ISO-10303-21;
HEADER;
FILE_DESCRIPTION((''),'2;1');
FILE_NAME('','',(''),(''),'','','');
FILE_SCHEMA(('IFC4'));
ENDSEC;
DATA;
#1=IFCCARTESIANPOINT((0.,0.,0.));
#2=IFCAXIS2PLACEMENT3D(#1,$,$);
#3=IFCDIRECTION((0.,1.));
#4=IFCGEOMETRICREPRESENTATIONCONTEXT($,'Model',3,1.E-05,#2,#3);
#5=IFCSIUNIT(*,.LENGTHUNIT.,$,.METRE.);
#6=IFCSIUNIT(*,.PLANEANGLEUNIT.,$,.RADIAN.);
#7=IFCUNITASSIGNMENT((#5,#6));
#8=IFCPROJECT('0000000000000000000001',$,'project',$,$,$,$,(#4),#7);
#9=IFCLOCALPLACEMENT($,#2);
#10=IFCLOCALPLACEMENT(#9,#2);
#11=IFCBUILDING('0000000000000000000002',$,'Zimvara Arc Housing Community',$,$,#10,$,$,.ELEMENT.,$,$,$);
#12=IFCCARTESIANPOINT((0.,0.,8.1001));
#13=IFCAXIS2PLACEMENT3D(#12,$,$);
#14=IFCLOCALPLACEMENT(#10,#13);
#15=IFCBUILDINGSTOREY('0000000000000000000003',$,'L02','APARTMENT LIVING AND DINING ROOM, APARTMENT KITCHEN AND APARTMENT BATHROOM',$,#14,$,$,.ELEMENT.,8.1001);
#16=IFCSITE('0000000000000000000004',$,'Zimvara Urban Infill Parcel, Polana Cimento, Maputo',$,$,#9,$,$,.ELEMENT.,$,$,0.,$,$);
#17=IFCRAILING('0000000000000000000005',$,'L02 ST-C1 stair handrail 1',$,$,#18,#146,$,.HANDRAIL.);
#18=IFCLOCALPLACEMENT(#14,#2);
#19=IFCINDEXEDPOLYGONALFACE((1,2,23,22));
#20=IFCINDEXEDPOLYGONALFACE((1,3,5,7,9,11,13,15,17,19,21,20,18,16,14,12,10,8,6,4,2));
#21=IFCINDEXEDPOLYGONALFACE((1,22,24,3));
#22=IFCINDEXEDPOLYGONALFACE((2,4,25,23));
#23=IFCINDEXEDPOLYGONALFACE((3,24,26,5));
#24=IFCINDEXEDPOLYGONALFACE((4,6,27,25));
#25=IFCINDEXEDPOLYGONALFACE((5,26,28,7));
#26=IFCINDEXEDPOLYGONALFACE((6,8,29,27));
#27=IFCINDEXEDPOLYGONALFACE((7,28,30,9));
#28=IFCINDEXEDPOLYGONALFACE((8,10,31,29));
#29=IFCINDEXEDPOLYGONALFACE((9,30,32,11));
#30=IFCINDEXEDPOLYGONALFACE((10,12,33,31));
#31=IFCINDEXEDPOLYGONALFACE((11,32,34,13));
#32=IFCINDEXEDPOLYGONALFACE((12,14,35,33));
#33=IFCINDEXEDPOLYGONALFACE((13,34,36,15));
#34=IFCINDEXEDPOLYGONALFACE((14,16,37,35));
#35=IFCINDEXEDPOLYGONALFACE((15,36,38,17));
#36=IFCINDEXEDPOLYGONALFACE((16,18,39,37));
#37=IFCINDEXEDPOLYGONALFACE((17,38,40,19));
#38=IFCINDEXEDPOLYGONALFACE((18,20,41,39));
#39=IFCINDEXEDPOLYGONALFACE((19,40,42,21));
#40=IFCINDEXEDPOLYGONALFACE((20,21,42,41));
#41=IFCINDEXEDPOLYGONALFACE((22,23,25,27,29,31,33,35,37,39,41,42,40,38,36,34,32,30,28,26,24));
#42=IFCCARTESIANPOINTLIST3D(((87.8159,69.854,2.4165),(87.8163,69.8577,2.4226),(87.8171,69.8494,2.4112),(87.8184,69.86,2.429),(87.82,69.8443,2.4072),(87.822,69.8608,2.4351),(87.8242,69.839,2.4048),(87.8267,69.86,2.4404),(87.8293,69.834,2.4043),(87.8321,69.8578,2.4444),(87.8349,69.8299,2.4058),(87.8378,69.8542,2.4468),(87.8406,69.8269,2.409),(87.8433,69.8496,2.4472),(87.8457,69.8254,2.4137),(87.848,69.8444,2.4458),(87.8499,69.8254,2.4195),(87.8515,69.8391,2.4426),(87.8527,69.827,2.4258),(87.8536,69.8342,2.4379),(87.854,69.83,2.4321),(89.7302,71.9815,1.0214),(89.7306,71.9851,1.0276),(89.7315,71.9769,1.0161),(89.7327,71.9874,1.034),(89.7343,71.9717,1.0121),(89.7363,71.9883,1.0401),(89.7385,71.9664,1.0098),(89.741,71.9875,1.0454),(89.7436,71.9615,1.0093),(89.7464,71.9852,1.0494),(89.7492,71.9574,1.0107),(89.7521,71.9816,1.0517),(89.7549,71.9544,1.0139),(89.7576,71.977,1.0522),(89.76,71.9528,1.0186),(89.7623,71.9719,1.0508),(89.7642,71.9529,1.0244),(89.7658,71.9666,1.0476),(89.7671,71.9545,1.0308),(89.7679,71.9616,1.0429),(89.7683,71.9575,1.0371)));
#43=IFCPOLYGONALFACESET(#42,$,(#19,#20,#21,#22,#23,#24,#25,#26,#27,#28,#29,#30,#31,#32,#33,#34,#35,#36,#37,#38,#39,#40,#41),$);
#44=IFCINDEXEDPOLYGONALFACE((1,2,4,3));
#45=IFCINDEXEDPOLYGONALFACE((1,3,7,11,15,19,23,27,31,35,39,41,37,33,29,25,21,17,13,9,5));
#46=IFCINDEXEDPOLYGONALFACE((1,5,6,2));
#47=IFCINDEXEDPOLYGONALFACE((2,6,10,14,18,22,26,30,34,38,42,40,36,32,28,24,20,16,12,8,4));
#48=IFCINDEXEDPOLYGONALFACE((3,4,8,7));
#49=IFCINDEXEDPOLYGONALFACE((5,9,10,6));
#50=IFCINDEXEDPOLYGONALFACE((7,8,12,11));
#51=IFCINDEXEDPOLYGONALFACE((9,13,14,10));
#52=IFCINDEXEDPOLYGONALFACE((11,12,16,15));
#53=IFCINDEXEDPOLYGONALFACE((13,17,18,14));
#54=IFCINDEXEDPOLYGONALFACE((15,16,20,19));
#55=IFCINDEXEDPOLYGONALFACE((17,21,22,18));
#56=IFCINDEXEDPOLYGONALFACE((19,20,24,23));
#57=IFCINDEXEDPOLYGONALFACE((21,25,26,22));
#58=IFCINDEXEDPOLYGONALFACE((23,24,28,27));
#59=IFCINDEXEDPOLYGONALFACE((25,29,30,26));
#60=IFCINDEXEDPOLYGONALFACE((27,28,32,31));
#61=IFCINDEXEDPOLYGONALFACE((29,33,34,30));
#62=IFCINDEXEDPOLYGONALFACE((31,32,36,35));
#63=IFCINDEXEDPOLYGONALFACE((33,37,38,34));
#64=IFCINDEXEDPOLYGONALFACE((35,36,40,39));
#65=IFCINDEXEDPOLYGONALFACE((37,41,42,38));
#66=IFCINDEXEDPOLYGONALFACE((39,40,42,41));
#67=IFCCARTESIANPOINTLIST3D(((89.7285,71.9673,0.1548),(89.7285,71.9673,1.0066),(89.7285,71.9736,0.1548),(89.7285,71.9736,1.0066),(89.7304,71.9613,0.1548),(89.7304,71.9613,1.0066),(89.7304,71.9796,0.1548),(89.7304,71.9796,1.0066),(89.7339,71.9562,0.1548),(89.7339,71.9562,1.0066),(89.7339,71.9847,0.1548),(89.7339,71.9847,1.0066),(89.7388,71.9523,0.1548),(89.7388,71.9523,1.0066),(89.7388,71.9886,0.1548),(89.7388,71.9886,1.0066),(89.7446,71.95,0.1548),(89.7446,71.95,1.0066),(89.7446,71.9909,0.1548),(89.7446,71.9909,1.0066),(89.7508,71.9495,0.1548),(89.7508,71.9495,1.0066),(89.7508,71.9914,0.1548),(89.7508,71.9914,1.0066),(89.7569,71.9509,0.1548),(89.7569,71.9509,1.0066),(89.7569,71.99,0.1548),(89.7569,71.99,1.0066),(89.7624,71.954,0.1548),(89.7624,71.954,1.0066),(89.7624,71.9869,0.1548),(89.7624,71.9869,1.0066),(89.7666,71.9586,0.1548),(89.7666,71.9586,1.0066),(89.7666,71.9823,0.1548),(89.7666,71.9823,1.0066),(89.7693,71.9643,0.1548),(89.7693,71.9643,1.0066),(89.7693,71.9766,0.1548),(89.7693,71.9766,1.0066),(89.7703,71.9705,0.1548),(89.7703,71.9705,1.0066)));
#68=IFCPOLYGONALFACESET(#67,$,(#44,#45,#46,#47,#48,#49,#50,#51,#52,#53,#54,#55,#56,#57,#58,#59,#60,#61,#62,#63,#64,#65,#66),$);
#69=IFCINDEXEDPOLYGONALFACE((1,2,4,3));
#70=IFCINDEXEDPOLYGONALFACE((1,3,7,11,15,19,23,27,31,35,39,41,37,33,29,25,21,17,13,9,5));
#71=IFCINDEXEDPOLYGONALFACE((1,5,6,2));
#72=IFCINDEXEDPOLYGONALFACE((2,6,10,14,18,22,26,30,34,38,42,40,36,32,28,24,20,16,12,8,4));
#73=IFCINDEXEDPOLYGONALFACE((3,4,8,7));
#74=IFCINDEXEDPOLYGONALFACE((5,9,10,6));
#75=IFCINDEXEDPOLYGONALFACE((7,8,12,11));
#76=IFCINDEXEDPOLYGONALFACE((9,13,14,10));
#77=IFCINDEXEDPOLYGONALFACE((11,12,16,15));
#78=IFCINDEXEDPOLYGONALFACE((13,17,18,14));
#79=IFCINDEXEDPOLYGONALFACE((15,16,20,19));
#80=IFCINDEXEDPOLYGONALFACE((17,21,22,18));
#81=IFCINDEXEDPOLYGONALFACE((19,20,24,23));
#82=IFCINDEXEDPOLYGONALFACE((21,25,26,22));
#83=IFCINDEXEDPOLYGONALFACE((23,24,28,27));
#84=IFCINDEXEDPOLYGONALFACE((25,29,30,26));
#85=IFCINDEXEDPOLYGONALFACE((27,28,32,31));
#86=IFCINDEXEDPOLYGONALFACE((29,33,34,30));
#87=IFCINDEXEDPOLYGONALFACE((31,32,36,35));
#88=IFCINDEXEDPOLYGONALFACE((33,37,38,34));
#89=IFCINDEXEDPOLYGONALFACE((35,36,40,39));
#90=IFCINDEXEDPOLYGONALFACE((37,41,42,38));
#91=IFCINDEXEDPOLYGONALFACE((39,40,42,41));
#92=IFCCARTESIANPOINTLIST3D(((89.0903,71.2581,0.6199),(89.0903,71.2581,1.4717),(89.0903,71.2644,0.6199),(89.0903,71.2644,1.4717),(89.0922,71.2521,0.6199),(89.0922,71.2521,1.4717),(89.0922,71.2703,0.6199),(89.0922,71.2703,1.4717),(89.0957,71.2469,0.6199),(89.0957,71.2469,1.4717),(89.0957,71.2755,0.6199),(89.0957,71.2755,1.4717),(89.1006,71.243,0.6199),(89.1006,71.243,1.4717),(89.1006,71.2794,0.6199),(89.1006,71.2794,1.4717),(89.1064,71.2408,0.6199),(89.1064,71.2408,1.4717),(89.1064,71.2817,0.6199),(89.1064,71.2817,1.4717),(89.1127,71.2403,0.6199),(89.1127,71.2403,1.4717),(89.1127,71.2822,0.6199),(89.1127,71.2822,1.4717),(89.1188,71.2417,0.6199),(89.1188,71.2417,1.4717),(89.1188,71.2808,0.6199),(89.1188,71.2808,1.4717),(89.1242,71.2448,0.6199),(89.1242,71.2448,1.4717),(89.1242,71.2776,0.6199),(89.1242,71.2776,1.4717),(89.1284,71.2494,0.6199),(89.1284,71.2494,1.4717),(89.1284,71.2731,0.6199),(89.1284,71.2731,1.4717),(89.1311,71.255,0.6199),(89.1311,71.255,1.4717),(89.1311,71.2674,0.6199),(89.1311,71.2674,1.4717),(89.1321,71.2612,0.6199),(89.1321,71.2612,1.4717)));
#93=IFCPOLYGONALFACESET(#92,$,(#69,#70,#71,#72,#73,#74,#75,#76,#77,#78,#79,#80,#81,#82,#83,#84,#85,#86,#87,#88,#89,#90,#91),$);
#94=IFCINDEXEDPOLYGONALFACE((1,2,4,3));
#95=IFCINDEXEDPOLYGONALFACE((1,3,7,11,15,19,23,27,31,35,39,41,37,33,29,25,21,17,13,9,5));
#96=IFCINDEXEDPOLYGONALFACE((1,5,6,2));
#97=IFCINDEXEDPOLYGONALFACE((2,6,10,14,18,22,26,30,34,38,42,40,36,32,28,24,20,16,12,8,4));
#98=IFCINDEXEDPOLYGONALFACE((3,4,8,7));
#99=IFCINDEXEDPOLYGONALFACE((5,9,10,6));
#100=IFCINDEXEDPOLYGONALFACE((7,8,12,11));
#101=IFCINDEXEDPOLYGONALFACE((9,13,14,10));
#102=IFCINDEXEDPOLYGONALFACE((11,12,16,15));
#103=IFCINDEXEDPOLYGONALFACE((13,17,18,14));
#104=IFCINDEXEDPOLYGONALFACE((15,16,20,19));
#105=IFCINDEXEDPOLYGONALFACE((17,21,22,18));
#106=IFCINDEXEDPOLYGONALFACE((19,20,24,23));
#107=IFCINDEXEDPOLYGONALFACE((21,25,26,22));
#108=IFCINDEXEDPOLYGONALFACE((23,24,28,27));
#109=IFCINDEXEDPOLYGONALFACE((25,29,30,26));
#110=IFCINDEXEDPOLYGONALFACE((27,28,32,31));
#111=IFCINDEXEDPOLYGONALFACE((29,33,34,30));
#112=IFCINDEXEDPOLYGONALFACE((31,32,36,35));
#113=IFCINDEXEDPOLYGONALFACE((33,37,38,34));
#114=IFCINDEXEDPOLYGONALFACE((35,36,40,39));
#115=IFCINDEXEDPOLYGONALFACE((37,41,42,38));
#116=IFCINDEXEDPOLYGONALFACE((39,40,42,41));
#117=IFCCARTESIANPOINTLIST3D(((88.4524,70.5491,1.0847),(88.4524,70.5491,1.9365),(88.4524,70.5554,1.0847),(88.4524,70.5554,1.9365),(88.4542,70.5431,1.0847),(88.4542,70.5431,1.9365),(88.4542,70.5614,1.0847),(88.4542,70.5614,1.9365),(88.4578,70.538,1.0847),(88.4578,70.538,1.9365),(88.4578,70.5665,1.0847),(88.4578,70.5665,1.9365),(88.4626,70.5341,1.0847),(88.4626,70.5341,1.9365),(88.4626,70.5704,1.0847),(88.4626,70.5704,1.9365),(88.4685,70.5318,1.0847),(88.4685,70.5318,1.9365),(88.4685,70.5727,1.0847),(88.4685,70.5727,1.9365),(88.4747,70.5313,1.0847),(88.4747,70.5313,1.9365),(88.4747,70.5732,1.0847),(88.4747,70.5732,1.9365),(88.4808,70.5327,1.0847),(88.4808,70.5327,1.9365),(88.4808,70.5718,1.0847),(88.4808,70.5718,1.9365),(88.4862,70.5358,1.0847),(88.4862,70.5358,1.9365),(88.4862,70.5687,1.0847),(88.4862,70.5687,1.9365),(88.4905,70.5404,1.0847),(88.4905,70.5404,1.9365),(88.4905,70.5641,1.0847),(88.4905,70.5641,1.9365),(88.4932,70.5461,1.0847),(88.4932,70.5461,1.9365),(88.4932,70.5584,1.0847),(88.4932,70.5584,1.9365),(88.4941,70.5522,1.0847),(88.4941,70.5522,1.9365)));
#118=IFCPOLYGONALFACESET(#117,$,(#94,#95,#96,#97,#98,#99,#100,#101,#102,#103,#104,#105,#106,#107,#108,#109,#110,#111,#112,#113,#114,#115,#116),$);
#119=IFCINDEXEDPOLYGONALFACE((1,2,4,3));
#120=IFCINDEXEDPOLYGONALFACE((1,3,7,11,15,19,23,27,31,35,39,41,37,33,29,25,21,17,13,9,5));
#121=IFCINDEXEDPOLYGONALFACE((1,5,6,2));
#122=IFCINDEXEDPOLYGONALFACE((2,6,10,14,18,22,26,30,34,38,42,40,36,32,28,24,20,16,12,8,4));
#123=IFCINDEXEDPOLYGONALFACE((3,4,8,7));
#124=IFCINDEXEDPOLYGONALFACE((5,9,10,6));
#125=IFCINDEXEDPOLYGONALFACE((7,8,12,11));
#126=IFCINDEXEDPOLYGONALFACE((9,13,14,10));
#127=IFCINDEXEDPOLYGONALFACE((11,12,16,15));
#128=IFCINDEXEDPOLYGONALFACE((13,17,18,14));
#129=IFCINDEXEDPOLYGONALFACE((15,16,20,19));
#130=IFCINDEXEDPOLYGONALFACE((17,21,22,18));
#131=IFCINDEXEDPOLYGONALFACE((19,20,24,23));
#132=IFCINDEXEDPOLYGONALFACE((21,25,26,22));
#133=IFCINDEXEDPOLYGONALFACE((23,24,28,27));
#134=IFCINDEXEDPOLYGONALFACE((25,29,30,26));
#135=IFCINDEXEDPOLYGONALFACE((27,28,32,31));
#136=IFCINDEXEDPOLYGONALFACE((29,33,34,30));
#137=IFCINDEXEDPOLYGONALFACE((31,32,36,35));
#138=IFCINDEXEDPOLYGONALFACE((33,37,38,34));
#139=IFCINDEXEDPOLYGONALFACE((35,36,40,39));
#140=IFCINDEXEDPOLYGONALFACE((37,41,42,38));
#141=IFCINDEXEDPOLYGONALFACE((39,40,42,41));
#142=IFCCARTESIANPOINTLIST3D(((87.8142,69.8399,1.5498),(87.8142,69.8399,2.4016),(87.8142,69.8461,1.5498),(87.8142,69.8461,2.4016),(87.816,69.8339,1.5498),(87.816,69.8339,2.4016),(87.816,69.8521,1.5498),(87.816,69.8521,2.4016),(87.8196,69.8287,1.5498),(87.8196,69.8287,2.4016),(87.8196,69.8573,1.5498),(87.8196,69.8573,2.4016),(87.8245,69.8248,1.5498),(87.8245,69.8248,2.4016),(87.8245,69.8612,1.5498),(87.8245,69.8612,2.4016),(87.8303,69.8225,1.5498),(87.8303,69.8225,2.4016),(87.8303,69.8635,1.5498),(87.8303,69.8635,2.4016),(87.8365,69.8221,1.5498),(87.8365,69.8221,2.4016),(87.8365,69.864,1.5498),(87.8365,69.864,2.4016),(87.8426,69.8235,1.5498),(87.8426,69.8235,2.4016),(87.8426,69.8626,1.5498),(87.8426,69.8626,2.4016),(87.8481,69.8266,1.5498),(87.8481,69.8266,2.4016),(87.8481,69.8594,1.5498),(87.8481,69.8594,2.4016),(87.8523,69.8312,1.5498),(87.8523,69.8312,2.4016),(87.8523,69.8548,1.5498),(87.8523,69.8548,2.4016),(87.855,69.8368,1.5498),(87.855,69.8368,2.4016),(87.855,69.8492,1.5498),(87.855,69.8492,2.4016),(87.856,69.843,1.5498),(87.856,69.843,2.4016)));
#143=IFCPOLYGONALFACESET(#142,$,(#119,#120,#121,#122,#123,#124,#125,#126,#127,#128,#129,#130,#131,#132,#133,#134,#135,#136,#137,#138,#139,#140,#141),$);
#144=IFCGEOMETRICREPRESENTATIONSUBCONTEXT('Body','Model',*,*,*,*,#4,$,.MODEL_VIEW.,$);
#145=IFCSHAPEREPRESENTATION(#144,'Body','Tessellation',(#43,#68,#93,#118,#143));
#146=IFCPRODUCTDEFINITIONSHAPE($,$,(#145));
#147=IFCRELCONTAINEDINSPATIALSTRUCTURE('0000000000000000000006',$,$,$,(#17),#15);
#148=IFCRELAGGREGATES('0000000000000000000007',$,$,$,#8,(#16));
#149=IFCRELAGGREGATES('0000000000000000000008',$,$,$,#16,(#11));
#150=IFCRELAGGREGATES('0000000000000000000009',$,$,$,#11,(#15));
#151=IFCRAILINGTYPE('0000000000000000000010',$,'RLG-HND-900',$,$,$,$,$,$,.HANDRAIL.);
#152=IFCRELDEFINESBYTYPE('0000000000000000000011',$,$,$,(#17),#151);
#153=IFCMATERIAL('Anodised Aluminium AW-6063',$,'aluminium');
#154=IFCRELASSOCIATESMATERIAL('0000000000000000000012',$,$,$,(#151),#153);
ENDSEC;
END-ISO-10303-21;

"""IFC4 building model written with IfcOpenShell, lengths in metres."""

from ifc_helpers import new_model, si_unit, direction, frame, origin, origin_2d, place, context, subcontext, project, spatial, circle, extrude, material, type_object, element, save


model = new_model("IFC4")

# Units and contexts
model_context = context("Model", 3, precision=1e-05, world=origin(), true_north=direction((0.0, 1.0)))
body_context = subcontext(model_context, "Body", "Model", "MODEL_VIEW")
ifc_project = project(units=[si_unit("LENGTHUNIT", "METRE"), si_unit("PLANEANGLEUNIT", "RADIAN")], contexts=[model_context])

# Site, building, storey
site_placement = place(None, origin())
site = spatial("IfcSite", under=ifc_project, at=site_placement, Name="Zimvara Urban Infill Parcel, Polana Cimento, Maputo", CompositionType="ELEMENT", RefElevation=0.0)
building_placement = place(site_placement, origin())
building = spatial("IfcBuilding", under=site, at=building_placement, Name="Zimvara Arc Housing Community", CompositionType="ELEMENT")
storey_placement = place(building_placement, frame((0.0, 0.0, 8.1001)))
storey = spatial("IfcBuildingStorey", under=building, at=storey_placement, Name="L02", Description="APARTMENT LIVING AND DINING ROOM, APARTMENT KITCHEN AND APARTMENT BATHROOM", CompositionType="ELEMENT", Elevation=8.1001)

# Railing
ifc_material_1 = material(Name="Anodised Aluminium AW-6063", Category="aluminium")
railing_type = type_object("IfcRailingType", Name="RLG-HND-900", PredefinedType="HANDRAIL", material=ifc_material_1)
railing_placement = place(storey_placement, frame((89.7493, 71.9705, 0.1548)))
element("IfcRailing", 1, at=railing_placement, inside=storey, type_object=railing_type, Name="L02 ST-C1 stair handrail 1", PredefinedType="HANDRAIL", context=body_context, shape_type="SweptSolid", body=[
    extrude(circle(Radius=0.0239, at=origin_2d()), frame((0.0, 0.0, 0.876), z_axis=(-0.601263, -0.668206, 0.43816), x_axis=(0.743362, -0.668889, 0.0)), (0.0, 0.0, 1.0), 3.1838),
    extrude(circle(Radius=0.021, at=origin_2d()), origin(), (0.0, 0.0, 1.0), 0.8518),
    extrude(circle(Radius=0.021, at=origin_2d()), frame((-0.6382, -0.7092, 0.4651)), (0.0, 0.0, 1.0), 0.8518),
    extrude(circle(Radius=0.021, at=origin_2d()), frame((-1.2761, -1.4182, 0.9299)), (0.0, 0.0, 1.0), 0.8518),
    extrude(circle(Radius=0.021, at=origin_2d()), frame((-1.9143, -2.1274, 1.395)), (0.0, 0.0, 1.0), 0.8518),
])

save(model, "model.ifc")
